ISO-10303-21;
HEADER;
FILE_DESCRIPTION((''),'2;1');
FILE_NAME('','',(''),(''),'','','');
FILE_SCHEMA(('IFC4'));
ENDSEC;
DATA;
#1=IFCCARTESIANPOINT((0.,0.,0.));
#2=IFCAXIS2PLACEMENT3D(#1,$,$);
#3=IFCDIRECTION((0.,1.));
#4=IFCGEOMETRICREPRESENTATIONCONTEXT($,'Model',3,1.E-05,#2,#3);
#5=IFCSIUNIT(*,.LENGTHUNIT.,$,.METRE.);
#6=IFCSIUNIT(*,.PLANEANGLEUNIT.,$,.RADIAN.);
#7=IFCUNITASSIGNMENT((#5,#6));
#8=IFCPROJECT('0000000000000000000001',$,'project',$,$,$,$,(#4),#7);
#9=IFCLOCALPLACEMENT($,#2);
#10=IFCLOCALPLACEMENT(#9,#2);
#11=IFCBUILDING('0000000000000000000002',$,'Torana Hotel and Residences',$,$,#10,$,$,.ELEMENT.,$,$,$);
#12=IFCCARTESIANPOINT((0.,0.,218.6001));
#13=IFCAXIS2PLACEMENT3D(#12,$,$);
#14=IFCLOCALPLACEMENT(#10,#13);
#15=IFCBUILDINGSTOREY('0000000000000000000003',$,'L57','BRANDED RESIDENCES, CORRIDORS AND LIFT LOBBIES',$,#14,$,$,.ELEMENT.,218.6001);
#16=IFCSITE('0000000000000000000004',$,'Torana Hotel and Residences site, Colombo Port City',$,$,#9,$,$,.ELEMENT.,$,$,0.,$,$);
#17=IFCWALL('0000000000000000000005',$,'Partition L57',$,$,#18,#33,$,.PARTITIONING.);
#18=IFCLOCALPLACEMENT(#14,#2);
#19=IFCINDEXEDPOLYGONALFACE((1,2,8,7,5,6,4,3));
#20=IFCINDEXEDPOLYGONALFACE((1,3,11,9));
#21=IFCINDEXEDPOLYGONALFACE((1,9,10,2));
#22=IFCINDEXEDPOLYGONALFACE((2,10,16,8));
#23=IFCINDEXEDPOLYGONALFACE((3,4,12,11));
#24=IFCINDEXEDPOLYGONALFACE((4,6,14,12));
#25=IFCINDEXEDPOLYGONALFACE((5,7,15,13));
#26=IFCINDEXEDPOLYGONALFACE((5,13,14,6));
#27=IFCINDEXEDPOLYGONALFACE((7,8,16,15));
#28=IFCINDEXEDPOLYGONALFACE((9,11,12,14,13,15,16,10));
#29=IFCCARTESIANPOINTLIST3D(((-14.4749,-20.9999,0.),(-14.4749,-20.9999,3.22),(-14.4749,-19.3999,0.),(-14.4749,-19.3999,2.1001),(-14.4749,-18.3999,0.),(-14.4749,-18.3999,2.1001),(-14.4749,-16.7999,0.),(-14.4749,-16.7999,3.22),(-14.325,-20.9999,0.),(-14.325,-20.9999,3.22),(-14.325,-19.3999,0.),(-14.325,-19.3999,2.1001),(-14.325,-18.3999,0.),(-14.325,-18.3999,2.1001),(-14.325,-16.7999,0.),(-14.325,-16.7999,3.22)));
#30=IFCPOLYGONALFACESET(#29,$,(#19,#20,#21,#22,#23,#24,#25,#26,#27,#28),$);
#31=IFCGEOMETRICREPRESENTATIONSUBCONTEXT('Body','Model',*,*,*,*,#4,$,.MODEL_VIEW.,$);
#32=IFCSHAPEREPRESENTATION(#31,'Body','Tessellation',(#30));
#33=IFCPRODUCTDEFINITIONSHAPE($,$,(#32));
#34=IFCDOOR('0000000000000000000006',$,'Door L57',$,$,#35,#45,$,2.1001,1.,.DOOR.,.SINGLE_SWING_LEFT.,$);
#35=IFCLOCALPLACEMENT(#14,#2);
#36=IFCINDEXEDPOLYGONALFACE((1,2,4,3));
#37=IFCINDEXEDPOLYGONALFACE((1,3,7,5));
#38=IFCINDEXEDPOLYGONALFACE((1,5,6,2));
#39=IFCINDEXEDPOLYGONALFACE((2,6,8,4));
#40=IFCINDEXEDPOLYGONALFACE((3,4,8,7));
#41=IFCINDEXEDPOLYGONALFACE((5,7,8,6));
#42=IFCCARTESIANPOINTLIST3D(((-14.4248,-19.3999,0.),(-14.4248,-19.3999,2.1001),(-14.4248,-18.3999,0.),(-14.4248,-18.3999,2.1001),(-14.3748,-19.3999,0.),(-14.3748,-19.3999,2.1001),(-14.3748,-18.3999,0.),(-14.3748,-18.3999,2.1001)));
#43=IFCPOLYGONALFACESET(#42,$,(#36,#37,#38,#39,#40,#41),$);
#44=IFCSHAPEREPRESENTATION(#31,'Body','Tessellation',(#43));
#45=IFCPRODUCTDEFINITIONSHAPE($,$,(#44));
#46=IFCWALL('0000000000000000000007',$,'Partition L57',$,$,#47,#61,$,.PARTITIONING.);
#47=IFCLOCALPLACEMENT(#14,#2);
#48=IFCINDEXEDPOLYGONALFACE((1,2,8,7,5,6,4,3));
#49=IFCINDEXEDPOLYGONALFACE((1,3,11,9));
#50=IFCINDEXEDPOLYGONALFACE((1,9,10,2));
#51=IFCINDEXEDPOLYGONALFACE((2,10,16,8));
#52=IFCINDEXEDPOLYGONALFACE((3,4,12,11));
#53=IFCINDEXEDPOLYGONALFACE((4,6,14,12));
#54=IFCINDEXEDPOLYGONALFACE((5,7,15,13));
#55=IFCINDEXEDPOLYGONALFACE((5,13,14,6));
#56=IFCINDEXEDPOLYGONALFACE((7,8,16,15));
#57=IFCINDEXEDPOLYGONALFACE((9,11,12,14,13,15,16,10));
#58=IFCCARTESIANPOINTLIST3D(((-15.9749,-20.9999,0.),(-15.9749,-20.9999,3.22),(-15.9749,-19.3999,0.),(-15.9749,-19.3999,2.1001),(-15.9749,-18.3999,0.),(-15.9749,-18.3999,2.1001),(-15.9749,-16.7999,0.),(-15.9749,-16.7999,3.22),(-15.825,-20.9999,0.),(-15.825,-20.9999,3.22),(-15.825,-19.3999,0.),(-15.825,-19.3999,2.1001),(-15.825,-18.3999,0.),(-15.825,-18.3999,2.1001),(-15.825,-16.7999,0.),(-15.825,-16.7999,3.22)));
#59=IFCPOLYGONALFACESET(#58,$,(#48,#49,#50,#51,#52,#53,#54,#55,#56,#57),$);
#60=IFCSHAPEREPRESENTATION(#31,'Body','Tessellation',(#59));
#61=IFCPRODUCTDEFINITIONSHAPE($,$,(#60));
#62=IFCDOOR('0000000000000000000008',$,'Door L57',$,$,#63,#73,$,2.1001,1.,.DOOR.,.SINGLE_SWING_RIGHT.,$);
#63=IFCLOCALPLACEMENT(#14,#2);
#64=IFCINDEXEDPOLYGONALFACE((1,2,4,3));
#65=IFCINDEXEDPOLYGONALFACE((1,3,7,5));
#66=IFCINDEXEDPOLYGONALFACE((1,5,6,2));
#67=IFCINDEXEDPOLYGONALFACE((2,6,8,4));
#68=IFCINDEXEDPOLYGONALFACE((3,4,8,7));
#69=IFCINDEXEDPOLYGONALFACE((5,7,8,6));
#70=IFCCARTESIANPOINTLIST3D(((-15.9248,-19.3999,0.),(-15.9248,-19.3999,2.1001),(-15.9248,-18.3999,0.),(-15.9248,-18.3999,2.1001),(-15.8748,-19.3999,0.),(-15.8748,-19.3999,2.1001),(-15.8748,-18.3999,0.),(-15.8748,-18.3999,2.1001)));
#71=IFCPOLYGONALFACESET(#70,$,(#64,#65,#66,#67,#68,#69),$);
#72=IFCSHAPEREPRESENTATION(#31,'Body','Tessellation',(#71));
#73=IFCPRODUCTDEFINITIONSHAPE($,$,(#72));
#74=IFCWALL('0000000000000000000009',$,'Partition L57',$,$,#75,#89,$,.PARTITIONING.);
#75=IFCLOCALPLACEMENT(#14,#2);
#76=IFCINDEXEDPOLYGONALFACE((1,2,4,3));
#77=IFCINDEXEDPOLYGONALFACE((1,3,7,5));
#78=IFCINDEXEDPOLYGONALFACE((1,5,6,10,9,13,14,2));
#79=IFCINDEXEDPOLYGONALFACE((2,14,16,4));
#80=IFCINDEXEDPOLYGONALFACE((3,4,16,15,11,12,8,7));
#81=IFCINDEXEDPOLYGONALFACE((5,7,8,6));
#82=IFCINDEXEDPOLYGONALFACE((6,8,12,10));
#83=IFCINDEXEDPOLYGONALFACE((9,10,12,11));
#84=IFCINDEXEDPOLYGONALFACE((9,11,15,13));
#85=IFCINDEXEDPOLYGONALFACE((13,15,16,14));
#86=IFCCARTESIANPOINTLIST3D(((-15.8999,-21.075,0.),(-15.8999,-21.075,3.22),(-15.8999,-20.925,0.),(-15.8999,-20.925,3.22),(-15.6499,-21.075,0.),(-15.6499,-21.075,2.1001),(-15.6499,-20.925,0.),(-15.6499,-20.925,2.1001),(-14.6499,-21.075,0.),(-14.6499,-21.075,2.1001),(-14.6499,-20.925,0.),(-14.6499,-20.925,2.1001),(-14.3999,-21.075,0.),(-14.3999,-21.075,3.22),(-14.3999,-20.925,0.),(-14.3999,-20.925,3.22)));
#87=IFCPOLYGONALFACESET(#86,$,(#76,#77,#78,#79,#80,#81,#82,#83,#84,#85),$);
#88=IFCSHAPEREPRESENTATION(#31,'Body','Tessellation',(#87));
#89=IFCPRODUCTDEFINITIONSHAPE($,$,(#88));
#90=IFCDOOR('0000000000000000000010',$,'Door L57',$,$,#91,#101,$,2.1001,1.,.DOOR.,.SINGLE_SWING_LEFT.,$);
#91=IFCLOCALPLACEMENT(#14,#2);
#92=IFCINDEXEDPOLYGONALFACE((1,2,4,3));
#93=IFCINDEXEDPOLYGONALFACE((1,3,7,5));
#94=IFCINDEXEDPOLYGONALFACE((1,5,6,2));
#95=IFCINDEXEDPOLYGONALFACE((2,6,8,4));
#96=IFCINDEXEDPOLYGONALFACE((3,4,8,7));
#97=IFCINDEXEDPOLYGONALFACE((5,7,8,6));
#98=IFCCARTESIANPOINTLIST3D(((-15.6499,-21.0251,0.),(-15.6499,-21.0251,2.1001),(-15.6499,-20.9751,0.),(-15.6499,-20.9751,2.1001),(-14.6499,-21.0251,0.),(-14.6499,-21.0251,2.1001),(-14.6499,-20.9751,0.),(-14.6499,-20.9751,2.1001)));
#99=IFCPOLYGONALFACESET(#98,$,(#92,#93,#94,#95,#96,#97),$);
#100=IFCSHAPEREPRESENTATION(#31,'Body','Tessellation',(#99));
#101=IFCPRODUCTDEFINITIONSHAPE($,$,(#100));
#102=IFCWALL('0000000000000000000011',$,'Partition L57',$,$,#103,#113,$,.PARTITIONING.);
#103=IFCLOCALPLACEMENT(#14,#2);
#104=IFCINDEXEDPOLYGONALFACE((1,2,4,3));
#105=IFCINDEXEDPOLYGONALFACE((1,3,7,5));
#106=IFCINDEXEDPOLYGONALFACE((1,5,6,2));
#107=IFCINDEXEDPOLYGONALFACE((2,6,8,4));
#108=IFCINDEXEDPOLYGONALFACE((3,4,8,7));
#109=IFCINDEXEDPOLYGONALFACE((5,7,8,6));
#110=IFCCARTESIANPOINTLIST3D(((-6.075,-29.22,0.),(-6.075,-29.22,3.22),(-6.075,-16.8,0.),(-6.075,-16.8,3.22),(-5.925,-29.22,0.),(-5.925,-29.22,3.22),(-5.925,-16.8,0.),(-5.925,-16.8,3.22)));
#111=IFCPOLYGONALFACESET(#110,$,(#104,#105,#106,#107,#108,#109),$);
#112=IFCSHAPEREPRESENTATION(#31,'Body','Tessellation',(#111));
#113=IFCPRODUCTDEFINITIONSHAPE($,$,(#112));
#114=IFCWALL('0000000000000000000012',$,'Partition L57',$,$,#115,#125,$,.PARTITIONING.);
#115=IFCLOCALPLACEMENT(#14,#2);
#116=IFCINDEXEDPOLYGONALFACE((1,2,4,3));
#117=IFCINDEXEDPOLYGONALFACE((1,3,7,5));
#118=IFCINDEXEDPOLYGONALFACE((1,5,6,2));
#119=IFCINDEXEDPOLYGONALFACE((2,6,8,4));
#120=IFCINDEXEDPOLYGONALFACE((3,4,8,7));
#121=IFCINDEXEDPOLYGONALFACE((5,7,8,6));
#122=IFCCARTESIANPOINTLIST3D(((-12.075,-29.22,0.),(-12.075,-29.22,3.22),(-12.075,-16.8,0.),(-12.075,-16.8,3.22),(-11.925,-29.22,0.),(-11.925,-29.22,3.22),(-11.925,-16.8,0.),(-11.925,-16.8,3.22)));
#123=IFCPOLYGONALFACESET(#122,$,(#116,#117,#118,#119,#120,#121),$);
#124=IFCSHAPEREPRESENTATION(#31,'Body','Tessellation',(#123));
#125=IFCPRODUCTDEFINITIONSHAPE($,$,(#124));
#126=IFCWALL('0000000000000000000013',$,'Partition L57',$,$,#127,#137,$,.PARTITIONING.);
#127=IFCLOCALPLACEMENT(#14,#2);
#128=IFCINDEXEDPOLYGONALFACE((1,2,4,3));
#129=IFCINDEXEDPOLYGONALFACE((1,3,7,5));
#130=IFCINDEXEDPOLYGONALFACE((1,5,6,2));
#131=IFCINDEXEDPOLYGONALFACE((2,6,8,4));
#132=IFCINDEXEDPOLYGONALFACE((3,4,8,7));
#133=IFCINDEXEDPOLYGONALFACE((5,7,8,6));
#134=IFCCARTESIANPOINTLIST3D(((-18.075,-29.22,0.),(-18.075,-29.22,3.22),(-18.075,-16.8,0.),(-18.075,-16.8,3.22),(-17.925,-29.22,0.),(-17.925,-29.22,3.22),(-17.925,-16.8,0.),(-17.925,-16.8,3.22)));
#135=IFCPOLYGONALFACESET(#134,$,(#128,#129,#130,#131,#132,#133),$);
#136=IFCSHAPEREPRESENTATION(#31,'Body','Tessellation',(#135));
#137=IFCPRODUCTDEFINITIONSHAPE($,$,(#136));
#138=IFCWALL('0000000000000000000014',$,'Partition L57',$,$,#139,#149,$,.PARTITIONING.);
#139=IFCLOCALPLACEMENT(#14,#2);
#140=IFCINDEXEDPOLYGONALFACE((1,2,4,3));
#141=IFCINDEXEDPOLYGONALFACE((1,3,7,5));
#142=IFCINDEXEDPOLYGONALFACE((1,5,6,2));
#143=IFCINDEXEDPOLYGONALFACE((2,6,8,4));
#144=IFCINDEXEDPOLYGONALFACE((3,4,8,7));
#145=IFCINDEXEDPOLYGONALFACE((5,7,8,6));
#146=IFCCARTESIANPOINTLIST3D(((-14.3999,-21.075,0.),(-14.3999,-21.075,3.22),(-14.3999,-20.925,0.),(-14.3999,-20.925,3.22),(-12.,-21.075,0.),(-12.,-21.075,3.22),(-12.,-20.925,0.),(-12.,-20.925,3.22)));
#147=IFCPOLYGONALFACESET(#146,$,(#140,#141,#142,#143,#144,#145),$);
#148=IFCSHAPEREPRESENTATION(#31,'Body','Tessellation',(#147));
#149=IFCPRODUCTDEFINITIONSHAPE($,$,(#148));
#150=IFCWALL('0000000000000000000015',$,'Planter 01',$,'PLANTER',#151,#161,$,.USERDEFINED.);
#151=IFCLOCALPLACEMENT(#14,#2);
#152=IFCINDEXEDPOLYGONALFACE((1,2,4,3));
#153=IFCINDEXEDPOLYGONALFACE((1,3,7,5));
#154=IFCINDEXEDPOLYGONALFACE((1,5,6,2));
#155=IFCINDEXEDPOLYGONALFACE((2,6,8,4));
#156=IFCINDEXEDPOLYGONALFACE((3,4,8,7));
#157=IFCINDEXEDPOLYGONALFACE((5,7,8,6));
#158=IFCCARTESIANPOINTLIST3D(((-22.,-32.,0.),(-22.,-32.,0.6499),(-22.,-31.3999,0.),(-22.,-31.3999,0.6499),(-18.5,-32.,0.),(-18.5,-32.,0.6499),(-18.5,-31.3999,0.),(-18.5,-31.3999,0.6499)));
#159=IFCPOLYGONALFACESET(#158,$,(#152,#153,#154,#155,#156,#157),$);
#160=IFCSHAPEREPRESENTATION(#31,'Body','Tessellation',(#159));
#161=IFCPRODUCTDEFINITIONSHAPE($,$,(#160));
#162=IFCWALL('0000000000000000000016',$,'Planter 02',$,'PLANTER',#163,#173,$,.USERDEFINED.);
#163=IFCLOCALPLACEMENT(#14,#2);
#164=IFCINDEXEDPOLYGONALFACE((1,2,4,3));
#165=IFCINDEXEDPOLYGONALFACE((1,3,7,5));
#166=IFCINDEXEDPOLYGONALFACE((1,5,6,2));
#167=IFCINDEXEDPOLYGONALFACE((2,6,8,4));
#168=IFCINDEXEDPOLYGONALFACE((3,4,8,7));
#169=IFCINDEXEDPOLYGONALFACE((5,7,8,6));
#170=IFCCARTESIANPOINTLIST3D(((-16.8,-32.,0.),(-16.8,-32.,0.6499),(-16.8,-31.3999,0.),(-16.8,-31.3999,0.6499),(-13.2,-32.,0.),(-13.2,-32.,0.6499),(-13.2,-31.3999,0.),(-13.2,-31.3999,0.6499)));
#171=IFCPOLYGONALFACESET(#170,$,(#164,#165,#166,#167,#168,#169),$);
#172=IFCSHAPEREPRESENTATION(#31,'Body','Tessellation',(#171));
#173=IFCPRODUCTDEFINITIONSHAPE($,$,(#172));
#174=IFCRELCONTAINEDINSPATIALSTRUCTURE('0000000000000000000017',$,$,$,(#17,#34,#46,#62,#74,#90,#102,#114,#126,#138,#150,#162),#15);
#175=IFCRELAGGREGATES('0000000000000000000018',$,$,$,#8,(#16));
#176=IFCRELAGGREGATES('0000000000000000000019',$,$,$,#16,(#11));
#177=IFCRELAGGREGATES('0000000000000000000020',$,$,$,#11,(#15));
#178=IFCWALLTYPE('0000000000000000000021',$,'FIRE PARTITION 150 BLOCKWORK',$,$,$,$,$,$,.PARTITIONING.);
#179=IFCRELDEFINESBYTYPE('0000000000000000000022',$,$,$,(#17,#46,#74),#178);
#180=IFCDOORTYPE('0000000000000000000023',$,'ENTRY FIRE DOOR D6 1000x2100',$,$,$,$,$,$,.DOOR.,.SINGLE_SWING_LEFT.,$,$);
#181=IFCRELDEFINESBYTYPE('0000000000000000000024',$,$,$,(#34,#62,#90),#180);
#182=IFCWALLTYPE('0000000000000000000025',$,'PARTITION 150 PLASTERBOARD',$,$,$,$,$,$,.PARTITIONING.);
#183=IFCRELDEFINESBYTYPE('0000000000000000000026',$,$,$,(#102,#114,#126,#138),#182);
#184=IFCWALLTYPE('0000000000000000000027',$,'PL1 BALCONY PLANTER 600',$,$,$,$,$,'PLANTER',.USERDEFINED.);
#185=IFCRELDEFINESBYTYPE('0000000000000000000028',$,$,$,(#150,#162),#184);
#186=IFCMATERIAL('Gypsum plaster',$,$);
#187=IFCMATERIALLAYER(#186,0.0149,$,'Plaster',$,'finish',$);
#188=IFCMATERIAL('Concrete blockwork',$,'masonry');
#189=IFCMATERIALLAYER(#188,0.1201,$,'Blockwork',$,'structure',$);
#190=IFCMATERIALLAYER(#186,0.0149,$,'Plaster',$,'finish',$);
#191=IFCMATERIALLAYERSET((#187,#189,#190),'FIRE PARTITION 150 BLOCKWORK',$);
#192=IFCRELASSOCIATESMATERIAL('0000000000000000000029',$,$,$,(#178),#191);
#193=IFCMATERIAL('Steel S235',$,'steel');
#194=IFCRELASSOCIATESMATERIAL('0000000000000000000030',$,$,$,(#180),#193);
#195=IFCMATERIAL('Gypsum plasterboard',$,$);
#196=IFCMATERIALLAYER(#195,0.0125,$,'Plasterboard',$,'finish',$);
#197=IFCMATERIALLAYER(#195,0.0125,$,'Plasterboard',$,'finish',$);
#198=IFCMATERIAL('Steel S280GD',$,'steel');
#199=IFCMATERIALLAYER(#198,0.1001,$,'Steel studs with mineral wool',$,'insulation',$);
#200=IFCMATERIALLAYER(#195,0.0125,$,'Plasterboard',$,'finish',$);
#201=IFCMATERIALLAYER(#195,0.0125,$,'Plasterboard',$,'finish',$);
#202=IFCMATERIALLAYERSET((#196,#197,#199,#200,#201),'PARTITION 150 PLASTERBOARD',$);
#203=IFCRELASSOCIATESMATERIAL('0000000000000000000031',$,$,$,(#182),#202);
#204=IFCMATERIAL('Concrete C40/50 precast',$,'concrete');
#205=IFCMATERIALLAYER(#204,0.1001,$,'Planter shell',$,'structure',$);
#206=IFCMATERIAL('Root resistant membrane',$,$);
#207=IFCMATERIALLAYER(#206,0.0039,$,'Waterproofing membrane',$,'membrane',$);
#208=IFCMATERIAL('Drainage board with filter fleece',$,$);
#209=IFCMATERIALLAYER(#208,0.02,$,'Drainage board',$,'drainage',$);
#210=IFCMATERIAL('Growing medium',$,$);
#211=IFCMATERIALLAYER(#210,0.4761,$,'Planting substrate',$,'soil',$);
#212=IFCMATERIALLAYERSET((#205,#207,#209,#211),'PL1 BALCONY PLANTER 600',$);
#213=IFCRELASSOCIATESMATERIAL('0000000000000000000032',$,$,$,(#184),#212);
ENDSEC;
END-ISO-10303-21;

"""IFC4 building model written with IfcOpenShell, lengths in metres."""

from ifc_helpers import new_model, si_unit, direction, frame, frame_2d, origin, place, context, subcontext, project, spatial, rectangle, extrude, material, layer, layer_set, type_object, element, fill, save


model = new_model("IFC4")

# Units and contexts
model_context = context("Model", 3, precision=1e-05, world=origin(), true_north=direction((0.0, 1.0)))
body_context = subcontext(model_context, "Body", "Model", "MODEL_VIEW")
ifc_project = project(units=[si_unit("LENGTHUNIT", "METRE"), si_unit("PLANEANGLEUNIT", "RADIAN")], contexts=[model_context])

# Site, building, storey
site_placement = place(None, origin())
site = spatial("IfcSite", under=ifc_project, at=site_placement, Name="Torana Hotel and Residences site, Colombo Port City", CompositionType="ELEMENT", RefElevation=0.0)
building_placement = place(site_placement, origin())
building = spatial("IfcBuilding", under=site, at=building_placement, Name="Torana Hotel and Residences", CompositionType="ELEMENT")
storey_placement = place(building_placement, frame((0.0, 0.0, 218.6001)))
storey = spatial("IfcBuildingStorey", under=building, at=storey_placement, Name="L57", Description="BRANDED RESIDENCES, CORRIDORS AND LIFT LOBBIES", CompositionType="ELEMENT", Elevation=218.6001)

# Walls, openings, doors
ifc_material_1 = material(Name="Gypsum plaster")
ifc_layer_1 = layer(ifc_material_1, 0.0149, Name="Plaster", Category="finish")
ifc_material_2 = material(Name="Concrete blockwork", Category="masonry")
ifc_layer_2 = layer(ifc_material_2, 0.1201, Name="Blockwork", Category="structure")
ifc_layer_3 = layer(ifc_material_1, 0.0149, Name="Plaster", Category="finish")
ifc_layer_set_1 = layer_set([ifc_layer_1, ifc_layer_2, ifc_layer_3], Name="FIRE PARTITION 150 BLOCKWORK")
wall_type_1 = type_object("IfcWallType", Name="FIRE PARTITION 150 BLOCKWORK", PredefinedType="PARTITIONING", material=ifc_layer_set_1)
ifc_material_3 = material(Name="Steel S235", Category="steel")
door_type = type_object("IfcDoorType", Name="ENTRY FIRE DOOR D6 1000x2100", OperationType="SINGLE_SWING_LEFT", PredefinedType="DOOR", material=ifc_material_3)
wall_1_placement = place(storey_placement, frame((-14.3999, -21.0, 0.0), z_axis=(0.0, 0.0, 1.0), x_axis=(0.0, 1.0, 0.0)))
wall_1 = element("IfcWall", 1, at=wall_1_placement, inside=storey, type_object=wall_type_1, Name="Partition L57", PredefinedType="PARTITIONING", context=body_context, shape_type="SweptSolid", body=[
    extrude(rectangle(XDim=4.2, YDim=0.1499, at=frame_2d((2.1001, 0.0))), origin(), (0.0, 0.0, 1.0), 3.22),
])
opening_1_placement = place(wall_1_placement, frame((1.6001, 0.0, 0.0)))
opening_1 = element("IfcOpeningElement", 2, at=opening_1_placement, cuts=wall_1, PredefinedType="OPENING", context=body_context, shape_type="SweptSolid", body=[
    extrude(rectangle(XDim=1.0, YDim=2.1001, at=frame_2d((0.5, 1.05))), frame((0.0, 0.085, 0.0), z_axis=(0.0, -1.0, 0.0), x_axis=(1.0, 0.0, 0.0)), (0.0, 0.0, 1.0), 0.1699),
])
door_1_placement = place(opening_1_placement, frame((0.5, 0.0, 0.0), z_axis=(0.0, 0.0, 1.0), x_axis=(-1.0, 0.0, 0.0)))
door_1 = element("IfcDoor", 3, at=door_1_placement, inside=storey, type_object=door_type, Name="Door L57", OperationType="SINGLE_SWING_LEFT", OverallHeight=2.1001, OverallWidth=1.0, PredefinedType="DOOR", context=body_context, shape_type="SweptSolid", body=[
    extrude(rectangle(XDim=1.0, YDim=2.1001, at=frame_2d((0.0, 1.05))), frame((0.0, -0.0249, 0.0), z_axis=(0.0, 1.0, 0.0), x_axis=(-1.0, 0.0, 0.0)), (0.0, 0.0, 1.0), 0.05),
])
fill(opening_1, door_1)
wall_2_placement = place(storey_placement, frame((-15.8999, -21.0, 0.0), z_axis=(0.0, 0.0, 1.0), x_axis=(0.0, 1.0, 0.0)))
wall_2 = element("IfcWall", 4, at=wall_2_placement, inside=storey, type_object=wall_type_1, Name="Partition L57", PredefinedType="PARTITIONING", context=body_context, shape_type="SweptSolid", body=[
    extrude(rectangle(XDim=4.2, YDim=0.1499, at=frame_2d((2.1001, 0.0))), origin(), (0.0, 0.0, 1.0), 3.22),
])
opening_2_placement = place(wall_2_placement, frame((1.6001, 0.0, 0.0)))
opening_2 = element("IfcOpeningElement", 5, at=opening_2_placement, cuts=wall_2, PredefinedType="OPENING", context=body_context, shape_type="SweptSolid", body=[
    extrude(rectangle(XDim=1.0, YDim=2.1001, at=frame_2d((0.5, 1.05))), frame((0.0, 0.085, 0.0), z_axis=(0.0, -1.0, 0.0), x_axis=(1.0, 0.0, 0.0)), (0.0, 0.0, 1.0), 0.1699),
])
door_2_placement = place(opening_2_placement, origin())
door_2 = element("IfcDoor", 6, at=door_2_placement, inside=storey, type_object=door_type, Name="Door L57", OperationType="SINGLE_SWING_RIGHT", OverallHeight=2.1001, OverallWidth=1.0, PredefinedType="DOOR", context=body_context, shape_type="SweptSolid", body=[
    extrude(rectangle(XDim=1.0, YDim=2.1001, at=frame_2d((0.5, 1.05))), frame((0.0, 0.0249, 0.0), z_axis=(0.0, -1.0, 0.0), x_axis=(1.0, 0.0, 0.0)), (0.0, 0.0, 1.0), 0.05),
])
fill(opening_2, door_2)
wall_3_placement = place(storey_placement, frame((-15.8999, -21.0, 0.0), z_axis=(0.0, 0.0, 1.0), x_axis=(1.0, 0.0, 0.0)))
wall_3 = element("IfcWall", 7, at=wall_3_placement, inside=storey, type_object=wall_type_1, Name="Partition L57", PredefinedType="PARTITIONING", context=body_context, shape_type="SweptSolid", body=[
    extrude(rectangle(XDim=1.5, YDim=0.1499, at=frame_2d((0.75, 0.0))), origin(), (0.0, 0.0, 1.0), 3.22),
])
opening_3_placement = place(wall_3_placement, frame((0.25, 0.0, 0.0)))
opening_3 = element("IfcOpeningElement", 8, at=opening_3_placement, cuts=wall_3, PredefinedType="OPENING", context=body_context, shape_type="SweptSolid", body=[
    extrude(rectangle(XDim=1.0, YDim=2.1001, at=frame_2d((0.5, 1.05))), frame((0.0, 0.085, 0.0), z_axis=(0.0, -1.0, 0.0), x_axis=(1.0, 0.0, 0.0)), (0.0, 0.0, 1.0), 0.1699),
])
door_3_placement = place(opening_3_placement, frame((0.5, 0.0, 0.0), z_axis=(0.0, 0.0, 1.0), x_axis=(-1.0, 0.0, 0.0)))
door_3 = element("IfcDoor", 9, at=door_3_placement, inside=storey, type_object=door_type, Name="Door L57", OperationType="SINGLE_SWING_LEFT", OverallHeight=2.1001, OverallWidth=1.0, PredefinedType="DOOR", context=body_context, shape_type="SweptSolid", body=[
    extrude(rectangle(XDim=1.0, YDim=2.1001, at=frame_2d((0.0, 1.05))), frame((0.0, -0.0249, 0.0), z_axis=(0.0, 1.0, 0.0), x_axis=(-1.0, 0.0, 0.0)), (0.0, 0.0, 1.0), 0.05),
])
fill(opening_3, door_3)

# Walls
ifc_material_4 = material(Name="Gypsum plasterboard")
ifc_layer_4 = layer(ifc_material_4, 0.0125, Name="Plasterboard", Category="finish")
ifc_layer_5 = layer(ifc_material_4, 0.0125, Name="Plasterboard", Category="finish")
ifc_material_5 = material(Name="Steel S280GD", Category="steel")
ifc_layer_6 = layer(ifc_material_5, 0.1001, Name="Steel studs with mineral wool", Category="insulation")
ifc_layer_7 = layer(ifc_material_4, 0.0125, Name="Plasterboard", Category="finish")
ifc_layer_8 = layer(ifc_material_4, 0.0125, Name="Plasterboard", Category="finish")
ifc_layer_set_2 = layer_set([ifc_layer_4, ifc_layer_5, ifc_layer_6, ifc_layer_7, ifc_layer_8], Name="PARTITION 150 PLASTERBOARD")
wall_type_2 = type_object("IfcWallType", Name="PARTITION 150 PLASTERBOARD", PredefinedType="PARTITIONING", material=ifc_layer_set_2)
for number, where, z_axis, x_axis, name in (
    (10, (-6.0, -29.22, 0.0), (0.0, 0.0, 1.0), (0.0, 1.0, 0.0), "Partition L57"),
    (11, (-12.0, -29.22, 0.0), (0.0, 0.0, 1.0), (0.0, 1.0, 0.0), "Partition L57"),
    (12, (-18.0, -29.22, 0.0), (0.0, 0.0, 1.0), (0.0, 1.0, 0.0), "Partition L57"),
):
    element("IfcWall", number, at=place(storey_placement, frame(where, z_axis=z_axis, x_axis=x_axis)), inside=storey, type_object=wall_type_2, Name=name, PredefinedType="PARTITIONING", context=body_context, shape_type="SweptSolid", body=[
        extrude(rectangle(XDim=12.4199, YDim=0.1499, at=frame_2d((6.21, 0.0))), origin(), (0.0, 0.0, 1.0), 3.22),
    ])
wall_4_placement = place(storey_placement, frame((-14.3999, -21.0, 0.0), z_axis=(0.0, 0.0, 1.0), x_axis=(1.0, 0.0, 0.0)))
element("IfcWall", 13, at=wall_4_placement, inside=storey, type_object=wall_type_2, Name="Partition L57", PredefinedType="PARTITIONING", context=body_context, shape_type="SweptSolid", body=[
    extrude(rectangle(XDim=2.3999, YDim=0.1499, at=frame_2d((1.2, 0.0))), origin(), (0.0, 0.0, 1.0), 3.22),
])
ifc_material_6 = material(Name="Concrete C40/50 precast", Category="concrete")
ifc_layer_9 = layer(ifc_material_6, 0.1001, Name="Planter shell", Category="structure")
ifc_material_7 = material(Name="Root resistant membrane")
ifc_layer_10 = layer(ifc_material_7, 0.0039, Name="Waterproofing membrane", Category="membrane")
ifc_material_8 = material(Name="Drainage board with filter fleece")
ifc_layer_11 = layer(ifc_material_8, 0.02, Name="Drainage board", Category="drainage")
ifc_material_9 = material(Name="Growing medium")
ifc_layer_12 = layer(ifc_material_9, 0.4761, Name="Planting substrate", Category="soil")
ifc_layer_set_3 = layer_set([ifc_layer_9, ifc_layer_10, ifc_layer_11, ifc_layer_12], Name="PL1 BALCONY PLANTER 600")
wall_type_3 = type_object("IfcWallType", Name="PL1 BALCONY PLANTER 600", ElementType="PLANTER", PredefinedType="USERDEFINED", material=ifc_layer_set_3)
wall_5_placement = place(storey_placement, frame((-18.5, -31.7, 0.0), z_axis=(0.0, 0.0, 1.0), x_axis=(-1.0, 0.0, 0.0)))
element("IfcWall", 14, at=wall_5_placement, inside=storey, type_object=wall_type_3, Name="Planter 01", ObjectType="PLANTER", PredefinedType="USERDEFINED", context=body_context, shape_type="SweptSolid", body=[
    extrude(rectangle(XDim=3.5, YDim=0.6001, at=frame_2d((1.75, 0.0))), origin(), (0.0, 0.0, 1.0), 0.6499),
])
for number, where, z_axis, x_axis, name in (
    (15, (-13.2, -31.7, 0.0), (0.0, 0.0, 1.0), (-1.0, 0.0, 0.0), "Planter 02"),
):
    element("IfcWall", number, at=place(storey_placement, frame(where, z_axis=z_axis, x_axis=x_axis)), inside=storey, type_object=wall_type_3, Name=name, ObjectType="PLANTER", PredefinedType="USERDEFINED", context=body_context, shape_type="SweptSolid", body=[
        extrude(rectangle(XDim=3.6001, YDim=0.6001, at=frame_2d((1.8, 0.0))), origin(), (0.0, 0.0, 1.0), 0.6499),
    ])

save(model, "model.ifc")
